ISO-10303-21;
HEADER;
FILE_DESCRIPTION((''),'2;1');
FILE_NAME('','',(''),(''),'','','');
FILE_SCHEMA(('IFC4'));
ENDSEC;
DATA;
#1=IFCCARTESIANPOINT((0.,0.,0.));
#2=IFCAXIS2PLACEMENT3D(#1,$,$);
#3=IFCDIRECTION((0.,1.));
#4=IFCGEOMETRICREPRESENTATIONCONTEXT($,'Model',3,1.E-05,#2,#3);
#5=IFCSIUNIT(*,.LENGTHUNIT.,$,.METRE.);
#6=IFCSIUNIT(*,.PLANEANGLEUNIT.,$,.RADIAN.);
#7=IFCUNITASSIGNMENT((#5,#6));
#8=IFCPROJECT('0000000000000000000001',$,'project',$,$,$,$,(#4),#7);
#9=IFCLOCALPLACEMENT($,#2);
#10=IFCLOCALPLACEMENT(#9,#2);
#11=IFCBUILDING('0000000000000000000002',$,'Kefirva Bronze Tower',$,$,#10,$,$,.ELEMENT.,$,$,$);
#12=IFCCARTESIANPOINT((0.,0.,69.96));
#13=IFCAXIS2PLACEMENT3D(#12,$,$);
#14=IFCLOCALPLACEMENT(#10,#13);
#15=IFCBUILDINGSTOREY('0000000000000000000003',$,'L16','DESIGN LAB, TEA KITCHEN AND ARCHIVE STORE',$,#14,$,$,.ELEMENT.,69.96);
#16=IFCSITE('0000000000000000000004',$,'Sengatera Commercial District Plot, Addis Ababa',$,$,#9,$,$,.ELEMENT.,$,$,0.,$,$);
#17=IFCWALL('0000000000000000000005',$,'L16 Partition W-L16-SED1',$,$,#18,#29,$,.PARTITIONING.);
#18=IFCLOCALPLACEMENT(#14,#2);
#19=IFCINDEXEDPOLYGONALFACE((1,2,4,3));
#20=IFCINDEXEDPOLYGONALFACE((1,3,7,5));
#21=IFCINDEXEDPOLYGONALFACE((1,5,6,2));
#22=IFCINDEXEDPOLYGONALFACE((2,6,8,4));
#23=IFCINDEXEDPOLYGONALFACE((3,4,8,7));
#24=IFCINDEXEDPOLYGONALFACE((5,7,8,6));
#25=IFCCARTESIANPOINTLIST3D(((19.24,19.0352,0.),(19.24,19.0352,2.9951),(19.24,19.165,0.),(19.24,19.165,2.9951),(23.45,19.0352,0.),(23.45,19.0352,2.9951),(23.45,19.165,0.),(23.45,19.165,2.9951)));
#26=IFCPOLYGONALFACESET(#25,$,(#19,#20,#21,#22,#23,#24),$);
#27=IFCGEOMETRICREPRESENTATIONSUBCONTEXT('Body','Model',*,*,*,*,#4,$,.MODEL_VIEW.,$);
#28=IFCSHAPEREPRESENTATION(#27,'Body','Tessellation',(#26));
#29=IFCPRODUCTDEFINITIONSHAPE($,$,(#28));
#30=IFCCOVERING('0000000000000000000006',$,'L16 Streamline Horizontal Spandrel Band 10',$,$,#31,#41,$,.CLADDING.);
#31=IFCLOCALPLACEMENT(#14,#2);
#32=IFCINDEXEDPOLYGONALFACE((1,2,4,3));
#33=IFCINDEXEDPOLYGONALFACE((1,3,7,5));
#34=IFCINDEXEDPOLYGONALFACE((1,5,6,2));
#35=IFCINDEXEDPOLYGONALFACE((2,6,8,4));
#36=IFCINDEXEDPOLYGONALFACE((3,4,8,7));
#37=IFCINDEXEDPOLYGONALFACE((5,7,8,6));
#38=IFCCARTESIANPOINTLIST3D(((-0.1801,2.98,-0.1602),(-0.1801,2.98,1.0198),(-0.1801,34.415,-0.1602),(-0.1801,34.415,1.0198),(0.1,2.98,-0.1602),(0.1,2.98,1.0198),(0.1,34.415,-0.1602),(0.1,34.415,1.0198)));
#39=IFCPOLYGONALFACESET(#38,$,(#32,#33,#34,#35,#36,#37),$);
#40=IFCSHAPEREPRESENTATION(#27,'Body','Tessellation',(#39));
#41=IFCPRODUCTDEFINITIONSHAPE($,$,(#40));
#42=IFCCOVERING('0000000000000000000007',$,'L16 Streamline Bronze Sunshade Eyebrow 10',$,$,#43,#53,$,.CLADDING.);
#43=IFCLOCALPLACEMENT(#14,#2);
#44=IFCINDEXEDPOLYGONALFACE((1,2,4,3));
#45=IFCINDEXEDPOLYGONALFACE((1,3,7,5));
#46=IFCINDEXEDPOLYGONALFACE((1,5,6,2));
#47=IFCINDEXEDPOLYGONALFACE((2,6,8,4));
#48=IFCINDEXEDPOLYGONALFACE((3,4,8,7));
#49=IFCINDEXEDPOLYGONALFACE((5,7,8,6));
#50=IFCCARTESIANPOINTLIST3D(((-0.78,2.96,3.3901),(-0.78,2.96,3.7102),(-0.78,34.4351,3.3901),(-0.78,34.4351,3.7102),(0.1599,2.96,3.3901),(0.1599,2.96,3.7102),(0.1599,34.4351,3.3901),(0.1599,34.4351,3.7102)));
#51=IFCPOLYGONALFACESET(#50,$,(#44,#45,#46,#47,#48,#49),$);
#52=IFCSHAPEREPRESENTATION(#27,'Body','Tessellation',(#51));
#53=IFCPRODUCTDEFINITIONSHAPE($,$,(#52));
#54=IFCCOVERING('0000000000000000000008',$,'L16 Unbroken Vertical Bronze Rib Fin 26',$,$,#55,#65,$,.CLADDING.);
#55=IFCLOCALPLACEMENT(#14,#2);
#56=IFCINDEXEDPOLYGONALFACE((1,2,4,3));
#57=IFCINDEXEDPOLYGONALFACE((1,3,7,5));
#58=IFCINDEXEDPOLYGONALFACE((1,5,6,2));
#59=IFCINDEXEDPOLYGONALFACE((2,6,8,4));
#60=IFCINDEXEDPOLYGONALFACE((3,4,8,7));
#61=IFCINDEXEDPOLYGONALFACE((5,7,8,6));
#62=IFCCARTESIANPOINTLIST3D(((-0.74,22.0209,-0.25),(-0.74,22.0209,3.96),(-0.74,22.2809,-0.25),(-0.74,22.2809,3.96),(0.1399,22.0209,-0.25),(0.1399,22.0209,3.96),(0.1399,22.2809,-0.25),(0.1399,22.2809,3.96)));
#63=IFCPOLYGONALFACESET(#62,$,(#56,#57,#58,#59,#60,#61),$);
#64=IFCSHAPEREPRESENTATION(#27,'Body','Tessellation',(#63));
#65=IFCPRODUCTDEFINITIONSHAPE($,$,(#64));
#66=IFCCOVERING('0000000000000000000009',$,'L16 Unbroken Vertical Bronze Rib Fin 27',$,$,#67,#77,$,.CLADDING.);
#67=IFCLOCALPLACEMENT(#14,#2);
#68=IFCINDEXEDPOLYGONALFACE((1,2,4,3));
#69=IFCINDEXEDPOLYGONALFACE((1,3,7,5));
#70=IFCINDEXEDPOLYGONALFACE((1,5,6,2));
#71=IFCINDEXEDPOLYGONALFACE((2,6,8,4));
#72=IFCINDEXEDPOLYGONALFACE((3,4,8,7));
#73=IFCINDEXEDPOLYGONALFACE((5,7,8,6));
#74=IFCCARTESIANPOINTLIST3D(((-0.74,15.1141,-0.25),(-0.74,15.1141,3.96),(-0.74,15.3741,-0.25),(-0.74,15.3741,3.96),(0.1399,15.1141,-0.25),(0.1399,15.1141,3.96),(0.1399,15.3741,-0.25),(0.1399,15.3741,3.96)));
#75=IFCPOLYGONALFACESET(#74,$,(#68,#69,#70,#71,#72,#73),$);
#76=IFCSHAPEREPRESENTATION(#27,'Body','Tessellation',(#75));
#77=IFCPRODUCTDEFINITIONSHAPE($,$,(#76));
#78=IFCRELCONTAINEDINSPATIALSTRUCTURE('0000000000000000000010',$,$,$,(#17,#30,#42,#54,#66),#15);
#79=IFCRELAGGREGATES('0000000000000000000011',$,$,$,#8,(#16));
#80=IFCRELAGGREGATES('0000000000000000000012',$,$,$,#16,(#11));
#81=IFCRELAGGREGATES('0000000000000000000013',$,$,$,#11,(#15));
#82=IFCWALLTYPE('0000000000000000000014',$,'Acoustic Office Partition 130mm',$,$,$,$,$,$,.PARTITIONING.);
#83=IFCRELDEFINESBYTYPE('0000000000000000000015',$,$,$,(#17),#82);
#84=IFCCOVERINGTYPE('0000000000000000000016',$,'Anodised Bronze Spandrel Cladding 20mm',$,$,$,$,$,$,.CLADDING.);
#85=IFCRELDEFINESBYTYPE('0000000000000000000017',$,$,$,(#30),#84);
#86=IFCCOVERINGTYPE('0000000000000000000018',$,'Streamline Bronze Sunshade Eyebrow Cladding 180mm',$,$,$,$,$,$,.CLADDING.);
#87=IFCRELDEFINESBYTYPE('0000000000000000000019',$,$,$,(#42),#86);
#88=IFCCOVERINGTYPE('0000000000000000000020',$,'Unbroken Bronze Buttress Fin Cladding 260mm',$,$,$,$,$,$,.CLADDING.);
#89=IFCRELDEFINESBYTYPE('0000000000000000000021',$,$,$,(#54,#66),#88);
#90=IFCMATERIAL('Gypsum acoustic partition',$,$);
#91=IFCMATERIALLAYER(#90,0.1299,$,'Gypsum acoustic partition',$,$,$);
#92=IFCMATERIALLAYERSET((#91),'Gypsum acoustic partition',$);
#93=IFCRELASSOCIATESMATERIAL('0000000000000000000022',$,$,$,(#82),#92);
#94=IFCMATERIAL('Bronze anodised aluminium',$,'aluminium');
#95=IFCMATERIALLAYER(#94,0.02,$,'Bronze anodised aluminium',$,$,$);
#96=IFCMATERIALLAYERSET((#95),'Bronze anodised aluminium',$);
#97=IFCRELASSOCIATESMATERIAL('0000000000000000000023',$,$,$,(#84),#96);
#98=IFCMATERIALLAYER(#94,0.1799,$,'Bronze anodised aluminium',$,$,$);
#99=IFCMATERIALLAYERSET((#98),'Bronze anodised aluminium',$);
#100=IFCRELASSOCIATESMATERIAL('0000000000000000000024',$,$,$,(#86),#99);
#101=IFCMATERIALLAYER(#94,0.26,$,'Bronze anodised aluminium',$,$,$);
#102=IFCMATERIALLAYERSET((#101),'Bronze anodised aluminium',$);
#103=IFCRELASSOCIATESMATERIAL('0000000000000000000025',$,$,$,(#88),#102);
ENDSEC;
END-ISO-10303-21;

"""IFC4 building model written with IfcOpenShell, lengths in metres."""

from ifc_helpers import new_model, si_unit, direction, frame, frame_2d, origin, origin_2d, place, context, subcontext, project, spatial, rectangle, extrude, material, layer, layer_set, type_object, element, save


model = new_model("IFC4")

# Units and contexts
model_context = context("Model", 3, precision=1e-05, world=origin(), true_north=direction((0.0, 1.0)))
body_context = subcontext(model_context, "Body", "Model", "MODEL_VIEW")
ifc_project = project(units=[si_unit("LENGTHUNIT", "METRE"), si_unit("PLANEANGLEUNIT", "RADIAN")], contexts=[model_context])

# Site, building, storey
site_placement = place(None, origin())
site = spatial("IfcSite", under=ifc_project, at=site_placement, Name="Sengatera Commercial District Plot, Addis Ababa", CompositionType="ELEMENT", RefElevation=0.0)
building_placement = place(site_placement, origin())
building = spatial("IfcBuilding", under=site, at=building_placement, Name="Kefirva Bronze Tower", CompositionType="ELEMENT")
storey_placement = place(building_placement, frame((0.0, 0.0, 69.96)))
storey = spatial("IfcBuildingStorey", under=building, at=storey_placement, Name="L16", Description="DESIGN LAB, TEA KITCHEN AND ARCHIVE STORE", CompositionType="ELEMENT", Elevation=69.96)

# Shared definitions
ifc_material_1 = material(Name="Bronze anodised aluminium", Category="aluminium")

# Wall
ifc_material_2 = material(Name="Gypsum acoustic partition")
ifc_layer_1 = layer(ifc_material_2, 0.1299, Name="Gypsum acoustic partition")
ifc_layer_set_1 = layer_set([ifc_layer_1], Name="Gypsum acoustic partition")
wall_type = type_object("IfcWallType", Name="Acoustic Office Partition 130mm", PredefinedType="PARTITIONING", material=ifc_layer_set_1)
wall_placement = place(storey_placement, frame((19.24, 19.1001, 0.0), z_axis=(0.0, 0.0, 1.0), x_axis=(1.0, 0.0, 0.0)))
element("IfcWall", 1, at=wall_placement, inside=storey, type_object=wall_type, Name="L16 Partition W-L16-SED1", PredefinedType="PARTITIONING", context=body_context, shape_type="SweptSolid", body=[
    extrude(rectangle(XDim=4.21, YDim=0.1299, at=frame_2d((2.105, 0.0))), origin(), (0.0, 0.0, 1.0), 2.9951),
])

# Coverings
ifc_layer_2 = layer(ifc_material_1, 0.02, Name="Bronze anodised aluminium")
ifc_layer_set_2 = layer_set([ifc_layer_2], Name="Bronze anodised aluminium")
covering_type_1 = type_object("IfcCoveringType", Name="Anodised Bronze Spandrel Cladding 20mm", PredefinedType="CLADDING", material=ifc_layer_set_2)
covering_1_placement = place(storey_placement, frame((-0.04, 18.6975, -0.1602), z_axis=(0.0, 0.0, 1.0), x_axis=(0.0, -1.0, 0.0)))
element("IfcCovering", 2, at=covering_1_placement, inside=storey, type_object=covering_type_1, Name="L16 Streamline Horizontal Spandrel Band 10", PredefinedType="CLADDING", context=body_context, shape_type="SweptSolid", body=[
    extrude(rectangle(XDim=31.4351, YDim=0.28, at=origin_2d()), origin(), (0.0, 0.0, 1.0), 1.1799),
])
ifc_layer_3 = layer(ifc_material_1, 0.1799, Name="Bronze anodised aluminium")
ifc_layer_set_3 = layer_set([ifc_layer_3], Name="Bronze anodised aluminium")
covering_type_2 = type_object("IfcCoveringType", Name="Streamline Bronze Sunshade Eyebrow Cladding 180mm", PredefinedType="CLADDING", material=ifc_layer_set_3)
covering_2_placement = place(storey_placement, frame((-0.3101, 18.6975, 3.3901), z_axis=(0.0, 0.0, 1.0), x_axis=(0.0, -1.0, 0.0)))
element("IfcCovering", 3, at=covering_2_placement, inside=storey, type_object=covering_type_2, Name="L16 Streamline Bronze Sunshade Eyebrow 10", PredefinedType="CLADDING", context=body_context, shape_type="SweptSolid", body=[
    extrude(rectangle(XDim=31.4751, YDim=0.9399, at=origin_2d()), origin(), (0.0, 0.0, 1.0), 0.3201),
])
ifc_layer_4 = layer(ifc_material_1, 0.26, Name="Bronze anodised aluminium")
ifc_layer_set_4 = layer_set([ifc_layer_4], Name="Bronze anodised aluminium")
covering_type_3 = type_object("IfcCoveringType", Name="Unbroken Bronze Buttress Fin Cladding 260mm", PredefinedType="CLADDING", material=ifc_layer_set_4)
for number, where, z_axis, x_axis, name in (
    (4, (-0.3, 22.1509, -0.25), (0.0, 0.0, 1.0), (0.0, -1.0, 0.0), "L16 Unbroken Vertical Bronze Rib Fin 26"),
    (5, (-0.3, 15.2441, -0.25), (0.0, 0.0, 1.0), (0.0, -1.0, 0.0), "L16 Unbroken Vertical Bronze Rib Fin 27"),
):
    element("IfcCovering", number, at=place(storey_placement, frame(where, z_axis=z_axis, x_axis=x_axis)), inside=storey, type_object=covering_type_3, Name=name, PredefinedType="CLADDING", context=body_context, shape_type="SweptSolid", body=[
        extrude(rectangle(XDim=0.26, YDim=0.8799, at=origin_2d()), origin(), (0.0, 0.0, 1.0), 4.21),
    ])

save(model, "model.ifc")
